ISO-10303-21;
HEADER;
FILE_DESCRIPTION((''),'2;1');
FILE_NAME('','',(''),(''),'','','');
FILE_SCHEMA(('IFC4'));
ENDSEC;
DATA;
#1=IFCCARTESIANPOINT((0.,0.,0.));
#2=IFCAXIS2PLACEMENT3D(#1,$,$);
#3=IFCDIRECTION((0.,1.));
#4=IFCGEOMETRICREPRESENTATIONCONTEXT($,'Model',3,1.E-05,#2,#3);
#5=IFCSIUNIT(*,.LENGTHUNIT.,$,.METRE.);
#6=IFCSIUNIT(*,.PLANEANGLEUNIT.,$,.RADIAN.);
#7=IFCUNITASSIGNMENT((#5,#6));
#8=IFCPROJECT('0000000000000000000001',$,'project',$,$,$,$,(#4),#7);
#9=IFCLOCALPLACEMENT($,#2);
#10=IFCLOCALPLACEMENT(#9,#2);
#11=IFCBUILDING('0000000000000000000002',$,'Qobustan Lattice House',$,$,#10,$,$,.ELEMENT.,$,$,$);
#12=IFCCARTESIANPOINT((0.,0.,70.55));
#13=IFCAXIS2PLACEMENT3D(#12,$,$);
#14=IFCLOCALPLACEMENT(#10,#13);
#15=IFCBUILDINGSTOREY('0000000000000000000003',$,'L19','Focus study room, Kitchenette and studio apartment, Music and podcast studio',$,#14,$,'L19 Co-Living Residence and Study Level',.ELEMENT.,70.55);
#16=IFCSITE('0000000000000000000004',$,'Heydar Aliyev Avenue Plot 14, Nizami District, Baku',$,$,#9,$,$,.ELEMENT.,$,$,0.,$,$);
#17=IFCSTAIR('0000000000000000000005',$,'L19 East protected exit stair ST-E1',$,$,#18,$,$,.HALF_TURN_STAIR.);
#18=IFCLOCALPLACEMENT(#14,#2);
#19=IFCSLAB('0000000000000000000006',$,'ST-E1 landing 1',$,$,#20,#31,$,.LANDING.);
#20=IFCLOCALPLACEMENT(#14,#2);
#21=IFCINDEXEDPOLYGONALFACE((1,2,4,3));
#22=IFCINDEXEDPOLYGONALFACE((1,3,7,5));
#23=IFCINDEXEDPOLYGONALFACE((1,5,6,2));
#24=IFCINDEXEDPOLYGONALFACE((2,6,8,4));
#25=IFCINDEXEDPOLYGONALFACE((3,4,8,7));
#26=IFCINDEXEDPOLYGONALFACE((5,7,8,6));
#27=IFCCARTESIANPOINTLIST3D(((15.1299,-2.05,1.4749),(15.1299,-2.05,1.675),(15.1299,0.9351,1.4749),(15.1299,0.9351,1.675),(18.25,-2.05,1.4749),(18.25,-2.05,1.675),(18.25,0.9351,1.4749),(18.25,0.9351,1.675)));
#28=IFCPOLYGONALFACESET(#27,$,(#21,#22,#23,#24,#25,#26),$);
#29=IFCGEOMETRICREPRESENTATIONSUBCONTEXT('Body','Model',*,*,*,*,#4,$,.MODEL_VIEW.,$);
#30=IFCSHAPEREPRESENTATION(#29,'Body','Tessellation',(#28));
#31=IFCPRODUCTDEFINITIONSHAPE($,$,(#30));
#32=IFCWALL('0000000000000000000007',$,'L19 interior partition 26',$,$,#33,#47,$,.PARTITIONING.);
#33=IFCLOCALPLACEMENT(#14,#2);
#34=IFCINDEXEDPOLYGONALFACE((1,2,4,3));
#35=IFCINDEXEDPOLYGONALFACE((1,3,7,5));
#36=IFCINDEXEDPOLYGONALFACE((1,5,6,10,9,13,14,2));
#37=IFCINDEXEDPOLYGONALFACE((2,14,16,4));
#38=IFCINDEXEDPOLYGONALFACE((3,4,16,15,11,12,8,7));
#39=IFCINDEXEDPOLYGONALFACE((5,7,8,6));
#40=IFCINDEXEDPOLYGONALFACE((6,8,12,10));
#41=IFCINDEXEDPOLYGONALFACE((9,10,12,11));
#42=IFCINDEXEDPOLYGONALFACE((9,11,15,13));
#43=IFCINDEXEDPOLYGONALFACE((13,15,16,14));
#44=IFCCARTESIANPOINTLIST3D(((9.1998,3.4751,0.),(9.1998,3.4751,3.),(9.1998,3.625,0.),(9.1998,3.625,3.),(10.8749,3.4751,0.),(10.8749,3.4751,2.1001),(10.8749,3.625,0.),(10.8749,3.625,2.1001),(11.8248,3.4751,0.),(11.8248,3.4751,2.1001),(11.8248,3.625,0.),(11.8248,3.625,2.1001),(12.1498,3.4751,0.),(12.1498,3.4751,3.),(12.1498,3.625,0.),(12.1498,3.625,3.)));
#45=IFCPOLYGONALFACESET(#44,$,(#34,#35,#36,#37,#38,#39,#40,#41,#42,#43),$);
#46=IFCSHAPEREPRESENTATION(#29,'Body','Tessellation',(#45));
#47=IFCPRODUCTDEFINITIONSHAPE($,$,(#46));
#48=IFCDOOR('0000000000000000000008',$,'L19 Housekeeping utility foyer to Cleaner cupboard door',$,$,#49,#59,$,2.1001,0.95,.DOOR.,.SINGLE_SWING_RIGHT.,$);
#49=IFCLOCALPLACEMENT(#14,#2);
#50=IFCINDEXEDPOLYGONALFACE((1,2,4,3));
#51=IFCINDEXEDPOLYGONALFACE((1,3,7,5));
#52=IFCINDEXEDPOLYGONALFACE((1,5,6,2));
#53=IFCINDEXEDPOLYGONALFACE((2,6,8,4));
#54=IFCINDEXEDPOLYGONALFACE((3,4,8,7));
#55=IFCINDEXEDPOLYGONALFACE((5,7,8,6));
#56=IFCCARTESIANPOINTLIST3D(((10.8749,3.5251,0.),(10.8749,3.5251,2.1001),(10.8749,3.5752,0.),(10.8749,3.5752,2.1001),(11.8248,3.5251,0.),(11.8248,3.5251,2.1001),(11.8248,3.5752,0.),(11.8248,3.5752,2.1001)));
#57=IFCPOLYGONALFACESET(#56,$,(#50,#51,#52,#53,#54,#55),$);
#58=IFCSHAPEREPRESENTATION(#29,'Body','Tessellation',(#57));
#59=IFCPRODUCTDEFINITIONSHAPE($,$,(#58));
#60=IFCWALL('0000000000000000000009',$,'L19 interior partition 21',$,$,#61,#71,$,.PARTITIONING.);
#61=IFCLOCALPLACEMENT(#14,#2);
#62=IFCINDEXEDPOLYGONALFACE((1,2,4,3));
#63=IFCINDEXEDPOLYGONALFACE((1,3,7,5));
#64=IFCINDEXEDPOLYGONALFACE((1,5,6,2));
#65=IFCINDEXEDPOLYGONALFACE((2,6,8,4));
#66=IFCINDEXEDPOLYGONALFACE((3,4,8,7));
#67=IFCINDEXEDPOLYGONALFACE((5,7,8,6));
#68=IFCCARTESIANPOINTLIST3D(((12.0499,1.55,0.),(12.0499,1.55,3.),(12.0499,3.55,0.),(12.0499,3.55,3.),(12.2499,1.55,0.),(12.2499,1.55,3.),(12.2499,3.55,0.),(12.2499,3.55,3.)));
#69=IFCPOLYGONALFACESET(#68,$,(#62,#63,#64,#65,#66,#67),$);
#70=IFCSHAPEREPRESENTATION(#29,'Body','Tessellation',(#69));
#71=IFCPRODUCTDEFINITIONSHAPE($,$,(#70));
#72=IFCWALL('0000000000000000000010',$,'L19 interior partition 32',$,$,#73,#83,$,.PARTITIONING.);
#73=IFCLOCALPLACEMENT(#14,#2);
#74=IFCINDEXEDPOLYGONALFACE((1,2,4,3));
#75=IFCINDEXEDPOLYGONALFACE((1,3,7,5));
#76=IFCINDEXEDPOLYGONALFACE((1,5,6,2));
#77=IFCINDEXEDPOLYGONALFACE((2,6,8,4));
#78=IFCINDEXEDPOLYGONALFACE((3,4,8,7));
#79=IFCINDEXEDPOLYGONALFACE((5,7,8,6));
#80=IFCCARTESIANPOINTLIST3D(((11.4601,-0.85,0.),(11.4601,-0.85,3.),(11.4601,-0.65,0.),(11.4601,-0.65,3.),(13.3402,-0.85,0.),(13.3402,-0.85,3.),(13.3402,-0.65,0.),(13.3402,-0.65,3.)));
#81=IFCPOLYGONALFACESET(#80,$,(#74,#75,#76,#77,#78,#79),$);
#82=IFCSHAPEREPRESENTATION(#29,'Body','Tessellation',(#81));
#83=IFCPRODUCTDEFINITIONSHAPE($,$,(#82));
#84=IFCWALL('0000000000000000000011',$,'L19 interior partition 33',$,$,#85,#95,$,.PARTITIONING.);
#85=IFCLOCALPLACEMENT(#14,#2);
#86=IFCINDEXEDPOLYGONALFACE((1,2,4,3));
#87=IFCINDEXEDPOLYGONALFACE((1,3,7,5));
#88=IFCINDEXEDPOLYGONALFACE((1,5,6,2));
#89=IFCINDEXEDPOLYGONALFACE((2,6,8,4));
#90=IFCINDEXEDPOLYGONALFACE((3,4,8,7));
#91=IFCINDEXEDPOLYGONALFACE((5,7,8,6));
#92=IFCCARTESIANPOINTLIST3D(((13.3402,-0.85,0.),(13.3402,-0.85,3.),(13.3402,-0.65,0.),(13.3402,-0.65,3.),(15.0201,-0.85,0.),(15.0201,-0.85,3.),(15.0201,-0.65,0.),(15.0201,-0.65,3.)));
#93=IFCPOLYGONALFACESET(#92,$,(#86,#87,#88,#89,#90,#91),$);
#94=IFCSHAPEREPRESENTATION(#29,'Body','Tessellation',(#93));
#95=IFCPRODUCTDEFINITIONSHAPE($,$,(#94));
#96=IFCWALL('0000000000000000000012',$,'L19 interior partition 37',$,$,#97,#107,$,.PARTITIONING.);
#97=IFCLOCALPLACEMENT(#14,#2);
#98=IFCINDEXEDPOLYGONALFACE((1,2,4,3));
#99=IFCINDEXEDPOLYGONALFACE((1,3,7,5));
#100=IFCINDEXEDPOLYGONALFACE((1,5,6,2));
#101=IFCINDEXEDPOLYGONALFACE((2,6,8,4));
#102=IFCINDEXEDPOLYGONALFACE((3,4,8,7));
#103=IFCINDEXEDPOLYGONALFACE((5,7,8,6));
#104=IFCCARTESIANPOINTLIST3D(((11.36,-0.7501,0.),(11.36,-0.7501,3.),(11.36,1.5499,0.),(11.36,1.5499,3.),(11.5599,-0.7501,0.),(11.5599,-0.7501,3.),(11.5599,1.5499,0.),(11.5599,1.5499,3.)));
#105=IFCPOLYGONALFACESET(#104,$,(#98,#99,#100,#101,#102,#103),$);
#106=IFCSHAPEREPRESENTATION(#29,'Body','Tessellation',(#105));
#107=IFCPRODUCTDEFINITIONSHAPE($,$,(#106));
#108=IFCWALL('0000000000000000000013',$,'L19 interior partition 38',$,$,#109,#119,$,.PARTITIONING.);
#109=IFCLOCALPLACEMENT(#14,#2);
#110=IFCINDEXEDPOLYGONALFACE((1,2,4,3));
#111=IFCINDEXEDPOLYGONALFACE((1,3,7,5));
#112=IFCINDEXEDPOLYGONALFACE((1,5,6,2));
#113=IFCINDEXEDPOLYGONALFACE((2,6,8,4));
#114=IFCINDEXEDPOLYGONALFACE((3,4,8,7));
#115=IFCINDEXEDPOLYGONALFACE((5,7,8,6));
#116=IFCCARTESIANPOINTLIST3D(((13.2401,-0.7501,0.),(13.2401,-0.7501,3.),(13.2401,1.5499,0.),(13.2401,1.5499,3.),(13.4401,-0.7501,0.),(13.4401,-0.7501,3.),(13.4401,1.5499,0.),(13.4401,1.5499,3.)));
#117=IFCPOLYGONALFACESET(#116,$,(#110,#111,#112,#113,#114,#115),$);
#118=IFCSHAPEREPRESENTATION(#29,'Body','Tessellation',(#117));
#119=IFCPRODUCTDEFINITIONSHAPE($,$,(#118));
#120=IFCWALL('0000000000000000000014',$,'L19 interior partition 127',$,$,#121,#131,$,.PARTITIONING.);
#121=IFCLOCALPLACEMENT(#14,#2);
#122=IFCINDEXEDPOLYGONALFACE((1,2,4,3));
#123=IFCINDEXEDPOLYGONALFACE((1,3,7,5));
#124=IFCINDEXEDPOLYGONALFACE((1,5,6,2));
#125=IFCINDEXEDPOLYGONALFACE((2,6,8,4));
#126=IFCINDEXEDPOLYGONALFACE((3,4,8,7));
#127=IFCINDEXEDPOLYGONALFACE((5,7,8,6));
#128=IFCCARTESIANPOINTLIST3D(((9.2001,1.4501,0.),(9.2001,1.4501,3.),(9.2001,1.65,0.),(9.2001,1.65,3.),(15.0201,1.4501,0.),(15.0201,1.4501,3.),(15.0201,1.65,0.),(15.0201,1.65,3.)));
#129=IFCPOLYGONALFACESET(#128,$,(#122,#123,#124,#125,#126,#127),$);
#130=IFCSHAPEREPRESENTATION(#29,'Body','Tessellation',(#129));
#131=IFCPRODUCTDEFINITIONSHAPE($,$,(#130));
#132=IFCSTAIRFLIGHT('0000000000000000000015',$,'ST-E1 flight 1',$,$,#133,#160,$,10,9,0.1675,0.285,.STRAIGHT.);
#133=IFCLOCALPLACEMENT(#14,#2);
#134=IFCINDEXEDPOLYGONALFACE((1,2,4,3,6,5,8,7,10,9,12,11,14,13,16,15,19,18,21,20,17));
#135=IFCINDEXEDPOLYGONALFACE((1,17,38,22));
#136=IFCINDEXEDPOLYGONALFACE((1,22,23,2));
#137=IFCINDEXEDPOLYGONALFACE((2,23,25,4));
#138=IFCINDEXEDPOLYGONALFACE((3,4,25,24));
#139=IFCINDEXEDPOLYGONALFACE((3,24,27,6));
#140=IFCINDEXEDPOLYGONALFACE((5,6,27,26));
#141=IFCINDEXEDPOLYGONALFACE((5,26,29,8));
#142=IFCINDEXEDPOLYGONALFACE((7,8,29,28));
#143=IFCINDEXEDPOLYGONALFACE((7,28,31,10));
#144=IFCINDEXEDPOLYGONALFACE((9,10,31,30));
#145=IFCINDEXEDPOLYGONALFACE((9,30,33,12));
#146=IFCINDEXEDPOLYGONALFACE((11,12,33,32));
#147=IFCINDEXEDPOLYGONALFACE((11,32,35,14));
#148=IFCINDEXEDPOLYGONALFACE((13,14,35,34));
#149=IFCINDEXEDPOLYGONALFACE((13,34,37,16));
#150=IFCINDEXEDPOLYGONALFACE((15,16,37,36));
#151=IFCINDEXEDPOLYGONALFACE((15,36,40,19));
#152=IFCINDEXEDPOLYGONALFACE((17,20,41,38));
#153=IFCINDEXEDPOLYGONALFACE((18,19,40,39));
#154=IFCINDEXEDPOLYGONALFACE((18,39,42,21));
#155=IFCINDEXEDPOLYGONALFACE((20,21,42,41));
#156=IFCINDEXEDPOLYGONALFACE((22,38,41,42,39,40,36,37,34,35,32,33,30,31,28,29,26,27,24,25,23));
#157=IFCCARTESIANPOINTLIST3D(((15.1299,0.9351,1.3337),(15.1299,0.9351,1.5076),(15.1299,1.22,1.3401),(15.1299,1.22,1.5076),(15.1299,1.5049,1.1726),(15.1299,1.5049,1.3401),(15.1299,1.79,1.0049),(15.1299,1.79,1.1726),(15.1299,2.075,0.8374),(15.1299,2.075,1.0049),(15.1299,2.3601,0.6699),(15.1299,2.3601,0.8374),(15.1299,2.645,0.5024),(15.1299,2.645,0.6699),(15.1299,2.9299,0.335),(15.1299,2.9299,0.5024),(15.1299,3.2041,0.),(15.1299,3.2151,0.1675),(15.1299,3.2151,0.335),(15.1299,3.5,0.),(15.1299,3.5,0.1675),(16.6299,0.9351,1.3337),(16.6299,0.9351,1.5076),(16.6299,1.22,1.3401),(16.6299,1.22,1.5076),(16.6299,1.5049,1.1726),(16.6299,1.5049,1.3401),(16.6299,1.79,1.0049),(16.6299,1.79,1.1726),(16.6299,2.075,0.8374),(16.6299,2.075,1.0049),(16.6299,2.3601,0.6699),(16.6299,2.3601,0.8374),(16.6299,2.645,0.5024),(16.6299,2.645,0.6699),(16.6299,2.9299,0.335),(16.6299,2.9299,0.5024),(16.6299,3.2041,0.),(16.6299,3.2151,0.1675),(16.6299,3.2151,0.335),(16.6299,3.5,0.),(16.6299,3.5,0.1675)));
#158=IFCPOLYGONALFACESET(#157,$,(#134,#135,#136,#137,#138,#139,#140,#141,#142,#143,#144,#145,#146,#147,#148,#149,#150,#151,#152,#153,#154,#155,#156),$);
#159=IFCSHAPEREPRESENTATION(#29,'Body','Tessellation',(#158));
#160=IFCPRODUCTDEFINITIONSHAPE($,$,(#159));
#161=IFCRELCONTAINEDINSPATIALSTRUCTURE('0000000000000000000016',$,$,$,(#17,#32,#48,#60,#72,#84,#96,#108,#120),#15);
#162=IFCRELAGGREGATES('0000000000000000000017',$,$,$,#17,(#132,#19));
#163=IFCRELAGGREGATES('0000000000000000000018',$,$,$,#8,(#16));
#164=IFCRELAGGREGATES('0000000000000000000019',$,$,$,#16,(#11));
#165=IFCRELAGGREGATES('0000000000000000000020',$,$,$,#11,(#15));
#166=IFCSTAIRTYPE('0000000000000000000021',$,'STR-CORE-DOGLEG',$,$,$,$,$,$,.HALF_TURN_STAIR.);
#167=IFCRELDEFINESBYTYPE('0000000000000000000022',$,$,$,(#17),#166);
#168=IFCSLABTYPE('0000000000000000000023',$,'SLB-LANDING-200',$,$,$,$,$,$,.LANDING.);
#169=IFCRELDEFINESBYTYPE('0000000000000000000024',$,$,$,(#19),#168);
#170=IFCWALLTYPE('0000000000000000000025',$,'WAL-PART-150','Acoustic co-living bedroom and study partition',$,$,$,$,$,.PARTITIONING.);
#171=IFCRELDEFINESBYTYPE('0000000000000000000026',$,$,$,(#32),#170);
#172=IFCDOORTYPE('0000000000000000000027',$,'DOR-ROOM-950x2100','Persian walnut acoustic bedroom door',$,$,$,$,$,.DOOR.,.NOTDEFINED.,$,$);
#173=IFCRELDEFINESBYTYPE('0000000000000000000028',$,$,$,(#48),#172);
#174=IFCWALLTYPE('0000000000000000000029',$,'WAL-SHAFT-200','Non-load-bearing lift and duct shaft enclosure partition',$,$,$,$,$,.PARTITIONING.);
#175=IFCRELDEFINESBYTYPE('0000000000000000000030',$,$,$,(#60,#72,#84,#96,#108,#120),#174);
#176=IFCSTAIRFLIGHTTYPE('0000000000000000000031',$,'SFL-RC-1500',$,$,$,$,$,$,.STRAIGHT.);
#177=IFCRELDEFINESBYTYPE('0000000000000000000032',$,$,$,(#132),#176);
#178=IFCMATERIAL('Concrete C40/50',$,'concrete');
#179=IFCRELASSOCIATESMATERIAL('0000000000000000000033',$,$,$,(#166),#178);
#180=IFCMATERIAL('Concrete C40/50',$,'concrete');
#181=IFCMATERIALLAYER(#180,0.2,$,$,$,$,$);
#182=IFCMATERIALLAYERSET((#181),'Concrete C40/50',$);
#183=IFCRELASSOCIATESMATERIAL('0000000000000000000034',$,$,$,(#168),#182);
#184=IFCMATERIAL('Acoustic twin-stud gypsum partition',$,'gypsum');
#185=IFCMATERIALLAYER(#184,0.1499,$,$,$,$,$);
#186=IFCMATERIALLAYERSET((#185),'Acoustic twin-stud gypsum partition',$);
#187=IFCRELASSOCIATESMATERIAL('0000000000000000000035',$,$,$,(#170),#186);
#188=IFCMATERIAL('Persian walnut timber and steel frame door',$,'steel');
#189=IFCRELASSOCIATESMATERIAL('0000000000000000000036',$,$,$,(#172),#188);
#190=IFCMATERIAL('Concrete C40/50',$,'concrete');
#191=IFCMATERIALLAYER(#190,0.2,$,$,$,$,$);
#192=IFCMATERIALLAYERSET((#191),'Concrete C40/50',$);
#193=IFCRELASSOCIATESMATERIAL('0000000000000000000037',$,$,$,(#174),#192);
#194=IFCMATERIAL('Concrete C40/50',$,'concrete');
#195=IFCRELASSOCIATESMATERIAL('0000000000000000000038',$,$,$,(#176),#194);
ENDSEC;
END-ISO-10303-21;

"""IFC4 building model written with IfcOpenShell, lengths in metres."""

from ifc_helpers import new_model, si_unit, direction, frame, frame_2d, origin, place, context, subcontext, project, spatial, polyline, rectangle, outline, extrude, material, layer, layer_set, type_object, element, fill, aggregate, save


model = new_model("IFC4")

# Units and contexts
model_context = context("Model", 3, precision=1e-05, world=origin(), true_north=direction((0.0, 1.0)))
body_context = subcontext(model_context, "Body", "Model", "MODEL_VIEW")
ifc_project = project(units=[si_unit("LENGTHUNIT", "METRE"), si_unit("PLANEANGLEUNIT", "RADIAN")], contexts=[model_context])

# Site, building, storey
site_placement = place(None, origin())
site = spatial("IfcSite", under=ifc_project, at=site_placement, Name="Heydar Aliyev Avenue Plot 14, Nizami District, Baku", CompositionType="ELEMENT", RefElevation=0.0)
building_placement = place(site_placement, origin())
building = spatial("IfcBuilding", under=site, at=building_placement, Name="Qobustan Lattice House", CompositionType="ELEMENT")
storey_placement = place(building_placement, frame((0.0, 0.0, 70.55)))
storey = spatial("IfcBuildingStorey", under=building, at=storey_placement, Name="L19", Description="Focus study room, Kitchenette and studio apartment, Music and podcast studio", LongName="L19 Co-Living Residence and Study Level", CompositionType="ELEMENT", Elevation=70.55)

# Stair, slab
ifc_material_1 = material(Name="Concrete C40/50", Category="concrete")
stair_type = type_object("IfcStairType", Name="STR-CORE-DOGLEG", PredefinedType="HALF_TURN_STAIR", material=ifc_material_1)
ifc_material_2 = material(Name="Concrete C40/50", Category="concrete")
ifc_layer_1 = layer(ifc_material_2, 0.2)
ifc_layer_set_1 = layer_set([ifc_layer_1], Name="Concrete C40/50")
slab_type_1 = type_object("IfcSlabType", Name="SLB-LANDING-200", PredefinedType="LANDING", material=ifc_layer_set_1)
stair_1_placement = place(storey_placement, origin())
stair_1 = element("IfcStair", 1, at=stair_1_placement, inside=storey, type_object=stair_type, Name="L19 East protected exit stair ST-E1", PredefinedType="HALF_TURN_STAIR")
slab_1_placement = place(storey_placement, frame((0.0, 0.0, 1.4749)))
slab_1 = element("IfcSlab", 2, at=slab_1_placement, type_object=slab_type_1, Name="ST-E1 landing 1", PredefinedType="LANDING", context=body_context, shape_type="SweptSolid", body=[
    extrude(outline(polyline([(15.1299, 0.9351), (15.1299, -2.05), (18.25, -2.05), (18.25, 0.9351), (15.1299, 0.9351)])), origin(), (0.0, 0.0, 1.0), 0.2002),
])

# Wall, opening, door
ifc_material_3 = material(Name="Acoustic twin-stud gypsum partition", Category="gypsum")
ifc_layer_2 = layer(ifc_material_3, 0.1499)
ifc_layer_set_2 = layer_set([ifc_layer_2], Name="Acoustic twin-stud gypsum partition")
wall_type_1 = type_object("IfcWallType", Name="WAL-PART-150", Description="Acoustic co-living bedroom and study partition", PredefinedType="PARTITIONING", material=ifc_layer_set_2)
wall_1_placement = place(storey_placement, frame((12.1499, 3.55, 0.0), z_axis=(0.0, 0.0, 1.0), x_axis=(-1.0, 0.0, 0.0)))
wall_1 = element("IfcWall", 3, at=wall_1_placement, inside=storey, type_object=wall_type_1, Name="L19 interior partition 26", PredefinedType="PARTITIONING", context=body_context, shape_type="SweptSolid", body=[
    extrude(rectangle(XDim=2.95, YDim=0.1499, at=frame_2d((1.4751, 0.0))), origin(), (0.0, 0.0, 1.0), 3.0),
])
opening_placement = place(wall_1_placement, frame((0.325, 0.0, 0.0)))
opening = element("IfcOpeningElement", 4, at=opening_placement, cuts=wall_1, PredefinedType="OPENING", context=body_context, shape_type="SweptSolid", body=[
    extrude(rectangle(XDim=0.95, YDim=2.1001, at=frame_2d((0.4751, 1.05))), frame((0.0, 0.085, 0.0), z_axis=(0.0, -1.0, 0.0), x_axis=(1.0, 0.0, 0.0)), (0.0, 0.0, 1.0), 0.1699),
])
ifc_material_4 = material(Name="Persian walnut timber and steel frame door", Category="steel")
door_type = type_object("IfcDoorType", Name="DOR-ROOM-950x2100", Description="Persian walnut acoustic bedroom door", OperationType="NOTDEFINED", PredefinedType="DOOR", material=ifc_material_4)
door_placement = place(opening_placement, origin())
door = element("IfcDoor", 5, at=door_placement, inside=storey, type_object=door_type, Name="L19 Housekeeping utility foyer to Cleaner cupboard door", OperationType="SINGLE_SWING_RIGHT", OverallHeight=2.1001, OverallWidth=0.95, PredefinedType="DOOR", context=body_context, shape_type="SweptSolid", body=[
    extrude(rectangle(XDim=0.95, YDim=2.1001, at=frame_2d((0.4751, 1.05))), frame((0.0, 0.0249, 0.0), z_axis=(0.0, -1.0, 0.0), x_axis=(1.0, 0.0, 0.0)), (0.0, 0.0, 1.0), 0.05),
])
fill(opening, door)

# Walls
ifc_material_5 = material(Name="Concrete C40/50", Category="concrete")
ifc_layer_3 = layer(ifc_material_5, 0.2)
ifc_layer_set_3 = layer_set([ifc_layer_3], Name="Concrete C40/50")
wall_type_2 = type_object("IfcWallType", Name="WAL-SHAFT-200", Description="Non-load-bearing lift and duct shaft enclosure partition", PredefinedType="PARTITIONING", material=ifc_layer_set_3)
wall_2_placement = place(storey_placement, frame((12.1499, 3.55, 0.0), z_axis=(0.0, 0.0, 1.0), x_axis=(0.0, -1.0, 0.0)))
element("IfcWall", 6, at=wall_2_placement, inside=storey, type_object=wall_type_2, Name="L19 interior partition 21", PredefinedType="PARTITIONING", context=body_context, shape_type="SweptSolid", body=[
    extrude(rectangle(XDim=2.0, YDim=0.2, at=frame_2d((1.0, 0.0))), origin(), (0.0, 0.0, 1.0), 3.0),
])
wall_3_placement = place(storey_placement, frame((13.3401, -0.75, 0.0), z_axis=(0.0, 0.0, 1.0), x_axis=(-1.0, 0.0, 0.0)))
element("IfcWall", 7, at=wall_3_placement, inside=storey, type_object=wall_type_2, Name="L19 interior partition 32", PredefinedType="PARTITIONING", context=body_context, shape_type="SweptSolid", body=[
    extrude(rectangle(XDim=1.8801, YDim=0.2, at=frame_2d((0.9399, 0.0))), origin(), (0.0, 0.0, 1.0), 3.0),
])
wall_4_placement = place(storey_placement, frame((15.02, -0.75, 0.0), z_axis=(0.0, 0.0, 1.0), x_axis=(-1.0, 0.0, 0.0)))
element("IfcWall", 8, at=wall_4_placement, inside=storey, type_object=wall_type_2, Name="L19 interior partition 33", PredefinedType="PARTITIONING", context=body_context, shape_type="SweptSolid", body=[
    extrude(rectangle(XDim=1.6799, YDim=0.2, at=frame_2d((0.8398, 0.0))), origin(), (0.0, 0.0, 1.0), 3.0),
])
for number, where, z_axis, x_axis, name in (
    (9, (11.46, -0.75, 0.0), (0.0, 0.0, 1.0), (0.0, 1.0, 0.0), "L19 interior partition 37"),
    (10, (13.3401, -0.75, 0.0), (0.0, 0.0, 1.0), (0.0, 1.0, 0.0), "L19 interior partition 38"),
):
    element("IfcWall", number, at=place(storey_placement, frame(where, z_axis=z_axis, x_axis=x_axis)), inside=storey, type_object=wall_type_2, Name=name, PredefinedType="PARTITIONING", context=body_context, shape_type="SweptSolid", body=[
        extrude(rectangle(XDim=2.3, YDim=0.2, at=frame_2d((1.1499, 0.0))), origin(), (0.0, 0.0, 1.0), 3.0),
    ])
wall_5_placement = place(storey_placement, frame((9.2, 1.55, 0.0), z_axis=(0.0, 0.0, 1.0), x_axis=(1.0, 0.0, 0.0)))
element("IfcWall", 11, at=wall_5_placement, inside=storey, type_object=wall_type_2, Name="L19 interior partition 127", PredefinedType="PARTITIONING", context=body_context, shape_type="SweptSolid", body=[
    extrude(rectangle(XDim=5.8201, YDim=0.2, at=frame_2d((2.9102, 0.0))), origin(), (0.0, 0.0, 1.0), 3.0),
])

# Stair flight
ifc_material_6 = material(Name="Concrete C40/50", Category="concrete")
stair_flight_type = type_object("IfcStairFlightType", Name="SFL-RC-1500", PredefinedType="STRAIGHT", material=ifc_material_6)
stair_flight_placement = place(storey_placement, frame((15.8799, 3.5, 0.0), z_axis=(0.0, 0.0, 1.0), x_axis=(0.0, -1.0, 0.0)))
stair_flight = element("IfcStairFlight", 12, at=stair_flight_placement, type_object=stair_flight_type, Name="ST-E1 flight 1", NumberOfRisers=10, NumberOfTreads=9, PredefinedType="STRAIGHT", RiserHeight=0.1675, TreadLength=0.285, context=body_context, shape_type="SweptSolid", body=[
    extrude(outline(polyline([(0.0, 0.0), (0.0, 0.1675), (0.2849, 0.1675), (0.2849, 0.335), (0.5701, 0.335), (0.5701, 0.5024), (0.855, 0.5024), (0.855, 0.6699), (1.1399, 0.6699), (1.1399, 0.8374), (1.425, 0.8374), (1.425, 1.0049), (1.71, 1.0049), (1.71, 1.1726), (1.9951, 1.1726), (1.9951, 1.3401), (2.28, 1.3401), (2.28, 1.5076), (2.5649, 1.5076), (2.5649, 1.675), (2.5649, 1.3337), (0.2959, 0.0), (0.0, 0.0)])), frame((0.0, 0.75, 0.0), z_axis=(0.0, -1.0, 0.0), x_axis=(1.0, 0.0, 0.0)), (0.0, 0.0, 1.0), 1.5),
])
aggregate(stair_1, [stair_flight, slab_1])

save(model, "model.ifc")
